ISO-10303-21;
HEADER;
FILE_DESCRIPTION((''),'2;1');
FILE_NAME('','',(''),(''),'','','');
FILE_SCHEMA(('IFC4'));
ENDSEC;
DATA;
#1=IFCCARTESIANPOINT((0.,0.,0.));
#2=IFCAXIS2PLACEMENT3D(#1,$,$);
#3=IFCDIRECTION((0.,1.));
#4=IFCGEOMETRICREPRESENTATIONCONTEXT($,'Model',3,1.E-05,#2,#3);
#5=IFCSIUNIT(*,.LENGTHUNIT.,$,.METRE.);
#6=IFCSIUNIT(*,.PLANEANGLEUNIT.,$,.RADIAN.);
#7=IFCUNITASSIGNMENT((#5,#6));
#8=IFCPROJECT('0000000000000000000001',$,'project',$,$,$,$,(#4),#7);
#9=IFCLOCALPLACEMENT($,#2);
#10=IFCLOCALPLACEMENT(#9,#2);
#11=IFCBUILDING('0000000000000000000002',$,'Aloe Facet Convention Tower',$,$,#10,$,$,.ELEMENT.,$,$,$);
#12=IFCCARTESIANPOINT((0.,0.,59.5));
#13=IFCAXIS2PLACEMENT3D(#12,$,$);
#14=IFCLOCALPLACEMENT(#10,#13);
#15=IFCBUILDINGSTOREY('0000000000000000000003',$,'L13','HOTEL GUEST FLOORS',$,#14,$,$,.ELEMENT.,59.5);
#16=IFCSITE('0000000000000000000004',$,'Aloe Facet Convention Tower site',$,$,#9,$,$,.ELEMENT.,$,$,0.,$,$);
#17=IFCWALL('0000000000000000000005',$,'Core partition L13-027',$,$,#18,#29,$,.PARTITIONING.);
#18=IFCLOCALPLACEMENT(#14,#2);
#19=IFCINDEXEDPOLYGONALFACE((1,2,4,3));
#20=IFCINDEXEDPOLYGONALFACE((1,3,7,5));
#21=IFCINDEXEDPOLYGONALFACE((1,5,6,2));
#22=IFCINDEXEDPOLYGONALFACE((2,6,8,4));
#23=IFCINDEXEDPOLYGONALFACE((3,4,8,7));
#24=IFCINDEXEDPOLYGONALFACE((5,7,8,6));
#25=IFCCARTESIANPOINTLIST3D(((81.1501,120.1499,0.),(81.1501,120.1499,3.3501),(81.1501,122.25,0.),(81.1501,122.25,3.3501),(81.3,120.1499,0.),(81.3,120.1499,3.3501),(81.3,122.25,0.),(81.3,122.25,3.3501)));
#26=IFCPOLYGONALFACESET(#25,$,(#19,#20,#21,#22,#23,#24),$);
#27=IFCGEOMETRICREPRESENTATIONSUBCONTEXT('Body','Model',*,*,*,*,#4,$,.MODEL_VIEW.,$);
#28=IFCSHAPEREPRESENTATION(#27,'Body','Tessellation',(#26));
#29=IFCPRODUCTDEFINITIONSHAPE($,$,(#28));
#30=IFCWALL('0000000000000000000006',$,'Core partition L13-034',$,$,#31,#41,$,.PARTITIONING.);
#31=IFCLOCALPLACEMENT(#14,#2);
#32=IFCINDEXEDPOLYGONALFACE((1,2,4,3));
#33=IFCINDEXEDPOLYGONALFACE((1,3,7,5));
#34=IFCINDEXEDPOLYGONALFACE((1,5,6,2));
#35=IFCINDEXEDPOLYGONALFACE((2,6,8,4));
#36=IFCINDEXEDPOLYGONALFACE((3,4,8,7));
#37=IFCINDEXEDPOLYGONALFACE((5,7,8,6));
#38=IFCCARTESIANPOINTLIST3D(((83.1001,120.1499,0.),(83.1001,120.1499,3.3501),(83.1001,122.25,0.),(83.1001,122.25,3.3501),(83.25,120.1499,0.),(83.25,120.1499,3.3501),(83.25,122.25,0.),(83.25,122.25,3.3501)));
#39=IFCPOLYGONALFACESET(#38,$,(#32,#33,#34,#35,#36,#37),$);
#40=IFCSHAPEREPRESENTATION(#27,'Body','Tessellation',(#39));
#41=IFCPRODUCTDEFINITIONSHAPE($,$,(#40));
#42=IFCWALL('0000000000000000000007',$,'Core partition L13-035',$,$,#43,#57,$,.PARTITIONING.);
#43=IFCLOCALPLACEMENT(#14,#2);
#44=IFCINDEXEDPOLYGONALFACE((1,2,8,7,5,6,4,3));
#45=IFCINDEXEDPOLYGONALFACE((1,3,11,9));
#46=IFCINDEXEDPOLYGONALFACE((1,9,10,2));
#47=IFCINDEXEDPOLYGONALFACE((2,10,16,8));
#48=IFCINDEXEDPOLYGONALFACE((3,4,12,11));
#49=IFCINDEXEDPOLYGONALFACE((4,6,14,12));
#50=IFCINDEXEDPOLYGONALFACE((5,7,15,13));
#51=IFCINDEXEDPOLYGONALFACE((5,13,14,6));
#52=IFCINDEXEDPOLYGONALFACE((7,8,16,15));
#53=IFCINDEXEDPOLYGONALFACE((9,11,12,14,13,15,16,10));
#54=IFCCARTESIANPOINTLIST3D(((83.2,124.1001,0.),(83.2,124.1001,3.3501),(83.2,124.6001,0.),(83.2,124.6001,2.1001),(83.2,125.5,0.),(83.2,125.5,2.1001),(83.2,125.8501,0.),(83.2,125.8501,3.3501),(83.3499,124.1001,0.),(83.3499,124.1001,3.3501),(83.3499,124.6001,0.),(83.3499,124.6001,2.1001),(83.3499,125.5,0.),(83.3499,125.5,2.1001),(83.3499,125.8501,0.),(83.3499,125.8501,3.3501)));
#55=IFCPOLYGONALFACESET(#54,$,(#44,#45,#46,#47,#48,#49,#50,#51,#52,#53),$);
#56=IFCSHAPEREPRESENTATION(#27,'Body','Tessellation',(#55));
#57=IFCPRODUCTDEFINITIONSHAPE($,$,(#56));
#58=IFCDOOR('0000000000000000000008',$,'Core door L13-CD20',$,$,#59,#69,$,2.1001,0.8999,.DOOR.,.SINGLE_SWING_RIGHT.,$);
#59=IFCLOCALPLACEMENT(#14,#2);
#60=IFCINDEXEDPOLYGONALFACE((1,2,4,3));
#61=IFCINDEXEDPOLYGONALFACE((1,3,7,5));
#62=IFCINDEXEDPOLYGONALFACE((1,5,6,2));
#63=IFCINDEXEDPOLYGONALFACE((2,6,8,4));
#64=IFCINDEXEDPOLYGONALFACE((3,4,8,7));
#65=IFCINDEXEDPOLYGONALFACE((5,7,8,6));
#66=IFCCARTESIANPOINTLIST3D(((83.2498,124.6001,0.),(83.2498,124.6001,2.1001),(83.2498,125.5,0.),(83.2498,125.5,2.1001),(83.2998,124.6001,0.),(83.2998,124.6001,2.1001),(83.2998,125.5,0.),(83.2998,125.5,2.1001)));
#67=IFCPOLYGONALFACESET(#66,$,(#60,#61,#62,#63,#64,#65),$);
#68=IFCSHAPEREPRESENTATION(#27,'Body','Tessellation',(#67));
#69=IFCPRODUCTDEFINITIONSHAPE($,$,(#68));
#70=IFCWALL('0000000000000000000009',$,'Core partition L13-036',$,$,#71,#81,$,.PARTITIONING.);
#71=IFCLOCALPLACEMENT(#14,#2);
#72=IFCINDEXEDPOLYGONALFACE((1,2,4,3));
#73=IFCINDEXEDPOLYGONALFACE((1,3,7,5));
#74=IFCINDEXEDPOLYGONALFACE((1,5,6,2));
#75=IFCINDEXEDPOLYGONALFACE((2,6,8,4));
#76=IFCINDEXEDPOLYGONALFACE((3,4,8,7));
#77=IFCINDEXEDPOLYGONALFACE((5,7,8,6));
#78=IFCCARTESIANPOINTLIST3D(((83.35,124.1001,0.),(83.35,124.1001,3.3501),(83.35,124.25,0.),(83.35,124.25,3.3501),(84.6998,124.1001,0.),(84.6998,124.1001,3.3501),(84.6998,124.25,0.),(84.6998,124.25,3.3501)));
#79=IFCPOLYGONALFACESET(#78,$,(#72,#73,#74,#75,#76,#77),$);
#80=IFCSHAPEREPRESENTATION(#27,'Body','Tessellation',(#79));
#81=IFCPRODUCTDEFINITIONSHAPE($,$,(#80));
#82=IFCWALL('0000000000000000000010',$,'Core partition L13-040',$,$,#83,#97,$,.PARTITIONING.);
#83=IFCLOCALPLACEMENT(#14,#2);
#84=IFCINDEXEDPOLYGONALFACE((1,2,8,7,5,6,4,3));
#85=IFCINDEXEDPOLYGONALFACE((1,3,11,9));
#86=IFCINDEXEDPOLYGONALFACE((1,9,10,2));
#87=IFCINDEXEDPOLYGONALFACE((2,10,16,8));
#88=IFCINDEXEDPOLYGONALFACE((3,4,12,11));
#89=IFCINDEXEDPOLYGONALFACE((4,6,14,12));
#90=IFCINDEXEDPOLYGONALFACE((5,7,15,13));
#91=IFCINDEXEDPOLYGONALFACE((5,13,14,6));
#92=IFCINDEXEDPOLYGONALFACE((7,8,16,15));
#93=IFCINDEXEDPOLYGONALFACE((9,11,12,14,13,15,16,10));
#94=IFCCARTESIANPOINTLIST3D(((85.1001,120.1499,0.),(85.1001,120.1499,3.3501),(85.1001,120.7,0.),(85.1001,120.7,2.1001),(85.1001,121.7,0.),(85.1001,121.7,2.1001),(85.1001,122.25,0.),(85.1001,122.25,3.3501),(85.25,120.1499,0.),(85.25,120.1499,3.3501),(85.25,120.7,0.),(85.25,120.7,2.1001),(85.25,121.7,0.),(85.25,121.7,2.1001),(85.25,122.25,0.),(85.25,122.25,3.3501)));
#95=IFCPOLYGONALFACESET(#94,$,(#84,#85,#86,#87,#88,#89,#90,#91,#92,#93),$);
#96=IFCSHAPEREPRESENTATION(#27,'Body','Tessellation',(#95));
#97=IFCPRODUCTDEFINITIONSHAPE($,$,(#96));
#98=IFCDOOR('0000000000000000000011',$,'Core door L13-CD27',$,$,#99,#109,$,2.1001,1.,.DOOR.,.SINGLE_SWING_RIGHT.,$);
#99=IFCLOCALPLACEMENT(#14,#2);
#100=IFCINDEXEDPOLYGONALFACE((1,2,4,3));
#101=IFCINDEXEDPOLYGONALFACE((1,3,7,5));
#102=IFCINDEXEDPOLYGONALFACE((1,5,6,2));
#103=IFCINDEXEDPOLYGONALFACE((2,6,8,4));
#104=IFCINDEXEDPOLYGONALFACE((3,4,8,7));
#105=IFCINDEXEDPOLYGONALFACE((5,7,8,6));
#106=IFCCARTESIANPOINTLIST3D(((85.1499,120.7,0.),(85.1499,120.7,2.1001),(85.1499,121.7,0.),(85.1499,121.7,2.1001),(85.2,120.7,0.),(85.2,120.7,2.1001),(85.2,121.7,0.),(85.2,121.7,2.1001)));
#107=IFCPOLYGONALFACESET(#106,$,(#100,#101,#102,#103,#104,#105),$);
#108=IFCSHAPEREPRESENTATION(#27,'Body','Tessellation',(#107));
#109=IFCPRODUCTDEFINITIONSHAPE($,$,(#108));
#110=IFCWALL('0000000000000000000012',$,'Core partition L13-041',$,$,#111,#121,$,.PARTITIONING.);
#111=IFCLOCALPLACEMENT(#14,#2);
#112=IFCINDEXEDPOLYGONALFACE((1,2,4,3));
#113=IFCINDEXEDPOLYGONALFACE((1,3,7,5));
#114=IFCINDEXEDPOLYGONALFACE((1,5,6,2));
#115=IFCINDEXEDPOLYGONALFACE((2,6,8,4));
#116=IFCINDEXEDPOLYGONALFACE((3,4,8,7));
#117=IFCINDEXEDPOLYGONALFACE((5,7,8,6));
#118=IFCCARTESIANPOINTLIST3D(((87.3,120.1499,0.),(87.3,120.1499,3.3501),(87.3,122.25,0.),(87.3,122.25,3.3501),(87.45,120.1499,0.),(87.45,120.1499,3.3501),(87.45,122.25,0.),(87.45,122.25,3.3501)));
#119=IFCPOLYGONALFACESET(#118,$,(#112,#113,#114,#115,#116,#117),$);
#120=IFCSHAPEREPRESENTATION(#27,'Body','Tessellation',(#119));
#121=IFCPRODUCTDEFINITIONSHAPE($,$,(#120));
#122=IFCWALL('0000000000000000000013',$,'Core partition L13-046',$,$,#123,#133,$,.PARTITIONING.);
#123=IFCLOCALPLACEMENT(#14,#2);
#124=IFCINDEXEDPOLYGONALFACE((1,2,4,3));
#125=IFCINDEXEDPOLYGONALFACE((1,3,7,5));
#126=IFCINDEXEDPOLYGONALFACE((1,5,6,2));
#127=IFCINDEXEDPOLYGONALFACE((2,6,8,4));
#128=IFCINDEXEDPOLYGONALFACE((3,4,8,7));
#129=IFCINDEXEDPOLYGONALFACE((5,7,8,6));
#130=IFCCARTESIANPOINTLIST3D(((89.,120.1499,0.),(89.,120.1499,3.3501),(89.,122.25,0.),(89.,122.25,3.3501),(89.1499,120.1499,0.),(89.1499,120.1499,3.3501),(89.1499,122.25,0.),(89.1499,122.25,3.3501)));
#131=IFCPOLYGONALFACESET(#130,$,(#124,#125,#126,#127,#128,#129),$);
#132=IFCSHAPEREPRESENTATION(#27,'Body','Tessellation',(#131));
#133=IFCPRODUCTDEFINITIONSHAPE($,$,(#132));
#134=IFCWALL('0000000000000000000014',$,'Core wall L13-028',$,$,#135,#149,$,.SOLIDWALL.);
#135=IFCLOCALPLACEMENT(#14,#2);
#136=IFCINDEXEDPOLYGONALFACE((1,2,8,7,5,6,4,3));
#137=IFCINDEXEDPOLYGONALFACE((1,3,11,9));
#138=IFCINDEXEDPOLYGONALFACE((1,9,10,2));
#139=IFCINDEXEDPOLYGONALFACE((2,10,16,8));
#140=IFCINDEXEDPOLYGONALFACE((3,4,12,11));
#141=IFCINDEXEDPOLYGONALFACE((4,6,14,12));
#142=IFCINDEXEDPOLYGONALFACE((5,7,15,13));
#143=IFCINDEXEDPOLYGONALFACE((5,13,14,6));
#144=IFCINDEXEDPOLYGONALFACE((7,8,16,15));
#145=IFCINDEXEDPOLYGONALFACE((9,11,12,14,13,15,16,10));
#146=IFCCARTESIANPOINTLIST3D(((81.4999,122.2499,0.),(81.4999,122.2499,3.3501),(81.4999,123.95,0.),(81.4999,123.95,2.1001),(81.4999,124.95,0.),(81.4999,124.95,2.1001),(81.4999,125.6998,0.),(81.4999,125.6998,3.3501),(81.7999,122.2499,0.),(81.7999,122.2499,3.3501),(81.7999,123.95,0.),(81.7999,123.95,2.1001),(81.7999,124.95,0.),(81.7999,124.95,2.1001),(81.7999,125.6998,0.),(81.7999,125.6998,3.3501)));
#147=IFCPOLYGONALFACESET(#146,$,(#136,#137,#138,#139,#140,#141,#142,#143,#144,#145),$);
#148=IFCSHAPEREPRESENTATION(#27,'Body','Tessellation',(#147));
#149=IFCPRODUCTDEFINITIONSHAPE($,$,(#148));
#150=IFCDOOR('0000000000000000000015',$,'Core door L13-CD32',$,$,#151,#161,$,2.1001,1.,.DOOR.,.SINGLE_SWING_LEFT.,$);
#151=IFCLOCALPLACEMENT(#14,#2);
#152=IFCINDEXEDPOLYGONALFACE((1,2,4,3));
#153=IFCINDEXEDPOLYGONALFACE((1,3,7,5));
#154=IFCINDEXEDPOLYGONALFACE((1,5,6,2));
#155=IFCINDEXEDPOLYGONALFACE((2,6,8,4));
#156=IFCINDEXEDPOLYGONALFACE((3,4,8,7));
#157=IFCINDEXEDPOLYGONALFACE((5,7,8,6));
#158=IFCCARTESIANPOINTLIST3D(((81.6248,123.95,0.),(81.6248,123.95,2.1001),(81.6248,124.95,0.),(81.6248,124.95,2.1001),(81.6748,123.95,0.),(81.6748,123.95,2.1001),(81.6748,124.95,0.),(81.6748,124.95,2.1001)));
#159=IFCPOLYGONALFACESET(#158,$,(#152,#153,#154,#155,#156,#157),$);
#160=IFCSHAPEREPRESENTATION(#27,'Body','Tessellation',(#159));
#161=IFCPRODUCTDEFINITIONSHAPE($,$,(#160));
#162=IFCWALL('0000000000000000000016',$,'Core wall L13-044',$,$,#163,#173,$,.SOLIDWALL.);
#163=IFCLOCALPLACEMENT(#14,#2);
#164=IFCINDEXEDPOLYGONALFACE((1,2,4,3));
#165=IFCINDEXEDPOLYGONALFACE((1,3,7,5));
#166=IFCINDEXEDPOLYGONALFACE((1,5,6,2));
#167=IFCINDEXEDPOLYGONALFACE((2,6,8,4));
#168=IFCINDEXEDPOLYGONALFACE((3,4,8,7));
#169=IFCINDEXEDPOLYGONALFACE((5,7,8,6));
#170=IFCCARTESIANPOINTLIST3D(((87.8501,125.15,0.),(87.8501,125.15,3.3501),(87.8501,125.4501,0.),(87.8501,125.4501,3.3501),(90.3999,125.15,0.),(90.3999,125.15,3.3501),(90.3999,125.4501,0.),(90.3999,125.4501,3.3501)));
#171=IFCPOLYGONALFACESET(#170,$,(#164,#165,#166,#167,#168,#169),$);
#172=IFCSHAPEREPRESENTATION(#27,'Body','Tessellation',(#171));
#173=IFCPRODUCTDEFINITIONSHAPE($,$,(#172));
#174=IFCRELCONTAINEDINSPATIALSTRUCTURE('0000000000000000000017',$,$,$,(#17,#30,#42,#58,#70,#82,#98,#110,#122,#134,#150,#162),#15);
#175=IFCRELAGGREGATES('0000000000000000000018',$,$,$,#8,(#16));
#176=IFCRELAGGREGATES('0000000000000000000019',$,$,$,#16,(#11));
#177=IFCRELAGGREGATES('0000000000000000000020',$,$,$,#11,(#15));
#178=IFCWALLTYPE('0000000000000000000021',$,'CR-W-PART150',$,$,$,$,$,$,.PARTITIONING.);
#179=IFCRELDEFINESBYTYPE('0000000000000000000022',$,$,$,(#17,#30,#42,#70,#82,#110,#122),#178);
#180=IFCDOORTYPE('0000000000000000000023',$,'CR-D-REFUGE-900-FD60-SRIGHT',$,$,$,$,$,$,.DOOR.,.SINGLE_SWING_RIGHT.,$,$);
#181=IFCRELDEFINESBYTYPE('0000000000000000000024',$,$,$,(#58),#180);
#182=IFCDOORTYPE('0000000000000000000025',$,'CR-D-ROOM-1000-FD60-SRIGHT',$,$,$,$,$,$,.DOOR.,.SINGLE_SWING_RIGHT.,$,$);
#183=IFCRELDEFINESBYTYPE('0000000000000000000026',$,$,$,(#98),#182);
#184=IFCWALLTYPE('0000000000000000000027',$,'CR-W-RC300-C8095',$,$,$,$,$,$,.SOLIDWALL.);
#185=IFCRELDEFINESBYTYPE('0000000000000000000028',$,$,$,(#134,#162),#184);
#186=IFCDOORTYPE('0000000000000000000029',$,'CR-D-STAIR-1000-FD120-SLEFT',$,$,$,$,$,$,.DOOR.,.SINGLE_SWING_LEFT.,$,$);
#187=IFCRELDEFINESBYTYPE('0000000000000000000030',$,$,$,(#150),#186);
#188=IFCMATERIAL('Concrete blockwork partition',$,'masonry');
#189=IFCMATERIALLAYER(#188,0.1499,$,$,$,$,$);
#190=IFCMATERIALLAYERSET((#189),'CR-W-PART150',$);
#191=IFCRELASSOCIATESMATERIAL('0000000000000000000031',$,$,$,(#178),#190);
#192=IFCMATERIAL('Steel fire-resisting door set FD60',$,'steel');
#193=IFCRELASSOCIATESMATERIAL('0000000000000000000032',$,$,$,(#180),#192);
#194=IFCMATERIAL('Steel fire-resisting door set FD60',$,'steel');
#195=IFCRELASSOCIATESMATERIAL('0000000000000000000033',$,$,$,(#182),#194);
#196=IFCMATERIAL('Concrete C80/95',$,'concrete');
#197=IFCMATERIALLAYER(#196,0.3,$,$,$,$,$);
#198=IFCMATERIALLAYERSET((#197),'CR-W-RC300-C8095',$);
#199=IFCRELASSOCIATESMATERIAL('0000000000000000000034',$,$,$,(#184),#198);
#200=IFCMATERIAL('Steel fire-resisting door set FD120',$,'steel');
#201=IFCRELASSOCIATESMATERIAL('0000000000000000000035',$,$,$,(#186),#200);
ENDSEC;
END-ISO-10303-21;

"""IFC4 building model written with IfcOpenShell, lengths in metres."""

from ifc_helpers import new_model, si_unit, direction, frame, frame_2d, origin, place, context, subcontext, project, spatial, rectangle, extrude, material, layer, layer_set, type_object, element, fill, save


model = new_model("IFC4")

# Units and contexts
model_context = context("Model", 3, precision=1e-05, world=origin(), true_north=direction((0.0, 1.0)))
body_context = subcontext(model_context, "Body", "Model", "MODEL_VIEW")
ifc_project = project(units=[si_unit("LENGTHUNIT", "METRE"), si_unit("PLANEANGLEUNIT", "RADIAN")], contexts=[model_context])

# Site, building, storey
site_placement = place(None, origin())
site = spatial("IfcSite", under=ifc_project, at=site_placement, Name="Aloe Facet Convention Tower site", CompositionType="ELEMENT", RefElevation=0.0)
building_placement = place(site_placement, origin())
building = spatial("IfcBuilding", under=site, at=building_placement, Name="Aloe Facet Convention Tower", CompositionType="ELEMENT")
storey_placement = place(building_placement, frame((0.0, 0.0, 59.5)))
storey = spatial("IfcBuildingStorey", under=building, at=storey_placement, Name="L13", Description="HOTEL GUEST FLOORS", CompositionType="ELEMENT", Elevation=59.5)

# Walls
ifc_material_1 = material(Name="Concrete blockwork partition", Category="masonry")
ifc_layer_1 = layer(ifc_material_1, 0.1499)
ifc_layer_set_1 = layer_set([ifc_layer_1], Name="CR-W-PART150")
wall_type_1 = type_object("IfcWallType", Name="CR-W-PART150", PredefinedType="PARTITIONING", material=ifc_layer_set_1)
for number, where, z_axis, x_axis, name in (
    (1, (81.2251, 122.25, 0.0), (0.0, 0.0, 1.0), (0.0, -1.0, 0.0), "Core partition L13-027"),
    (2, (83.175, 122.25, 0.0), (0.0, 0.0, 1.0), (0.0, -1.0, 0.0), "Core partition L13-034"),
):
    element("IfcWall", number, at=place(storey_placement, frame(where, z_axis=z_axis, x_axis=x_axis)), inside=storey, type_object=wall_type_1, Name=name, PredefinedType="PARTITIONING", context=body_context, shape_type="SweptSolid", body=[
        extrude(rectangle(XDim=2.1001, YDim=0.1499, at=frame_2d((1.05, 0.0))), origin(), (0.0, 0.0, 1.0), 3.3501),
    ])

# Wall, opening, door
wall_1_placement = place(storey_placement, frame((83.2749, 125.8501, 0.0), z_axis=(0.0, 0.0, 1.0), x_axis=(0.0, -1.0, 0.0)))
wall_1 = element("IfcWall", 3, at=wall_1_placement, inside=storey, type_object=wall_type_1, Name="Core partition L13-035", PredefinedType="PARTITIONING", context=body_context, shape_type="SweptSolid", body=[
    extrude(rectangle(XDim=1.75, YDim=0.1499, at=frame_2d((0.875, 0.0))), origin(), (0.0, 0.0, 1.0), 3.3501),
])
opening_1_placement = place(wall_1_placement, frame((0.3501, 0.0, 0.0)))
opening_1 = element("IfcOpeningElement", 4, at=opening_1_placement, cuts=wall_1, PredefinedType="OPENING", context=body_context, shape_type="SweptSolid", body=[
    extrude(rectangle(XDim=0.8999, YDim=2.1001, at=frame_2d((0.45, 1.05))), frame((0.0, 0.085, 0.0), z_axis=(0.0, -1.0, 0.0), x_axis=(1.0, 0.0, 0.0)), (0.0, 0.0, 1.0), 0.1699),
])
ifc_material_2 = material(Name="Steel fire-resisting door set FD60", Category="steel")
door_type_1 = type_object("IfcDoorType", Name="CR-D-REFUGE-900-FD60-SRIGHT", OperationType="SINGLE_SWING_RIGHT", PredefinedType="DOOR", material=ifc_material_2)
door_1_placement = place(opening_1_placement, origin())
door_1 = element("IfcDoor", 5, at=door_1_placement, inside=storey, type_object=door_type_1, Name="Core door L13-CD20", OperationType="SINGLE_SWING_RIGHT", OverallHeight=2.1001, OverallWidth=0.8999, PredefinedType="DOOR", context=body_context, shape_type="SweptSolid", body=[
    extrude(rectangle(XDim=0.8999, YDim=2.1001, at=frame_2d((0.45, 1.05))), frame((0.0, 0.0249, 0.0), z_axis=(0.0, -1.0, 0.0), x_axis=(1.0, 0.0, 0.0)), (0.0, 0.0, 1.0), 0.05),
])
fill(opening_1, door_1)

# Wall
wall_2_placement = place(storey_placement, frame((83.3501, 124.175, 0.0), z_axis=(0.0, 0.0, 1.0), x_axis=(1.0, 0.0, 0.0)))
element("IfcWall", 6, at=wall_2_placement, inside=storey, type_object=wall_type_1, Name="Core partition L13-036", PredefinedType="PARTITIONING", context=body_context, shape_type="SweptSolid", body=[
    extrude(rectangle(XDim=1.3499, YDim=0.1499, at=frame_2d((0.6748, 0.0))), origin(), (0.0, 0.0, 1.0), 3.3501),
])

# Wall, opening, door
wall_3_placement = place(storey_placement, frame((85.175, 122.25, 0.0), z_axis=(0.0, 0.0, 1.0), x_axis=(0.0, -1.0, 0.0)))
wall_3 = element("IfcWall", 7, at=wall_3_placement, inside=storey, type_object=wall_type_1, Name="Core partition L13-040", PredefinedType="PARTITIONING", context=body_context, shape_type="SweptSolid", body=[
    extrude(rectangle(XDim=2.1001, YDim=0.1499, at=frame_2d((1.05, 0.0))), origin(), (0.0, 0.0, 1.0), 3.3501),
])
opening_2_placement = place(wall_3_placement, frame((0.55, 0.0, 0.0)))
opening_2 = element("IfcOpeningElement", 8, at=opening_2_placement, cuts=wall_3, PredefinedType="OPENING", context=body_context, shape_type="SweptSolid", body=[
    extrude(rectangle(XDim=1.0, YDim=2.1001, at=frame_2d((0.5, 1.05))), frame((0.0, 0.085, 0.0), z_axis=(0.0, -1.0, 0.0), x_axis=(1.0, 0.0, 0.0)), (0.0, 0.0, 1.0), 0.1699),
])
ifc_material_3 = material(Name="Steel fire-resisting door set FD60", Category="steel")
door_type_2 = type_object("IfcDoorType", Name="CR-D-ROOM-1000-FD60-SRIGHT", OperationType="SINGLE_SWING_RIGHT", PredefinedType="DOOR", material=ifc_material_3)
door_2_placement = place(opening_2_placement, origin())
door_2 = element("IfcDoor", 9, at=door_2_placement, inside=storey, type_object=door_type_2, Name="Core door L13-CD27", OperationType="SINGLE_SWING_RIGHT", OverallHeight=2.1001, OverallWidth=1.0, PredefinedType="DOOR", context=body_context, shape_type="SweptSolid", body=[
    extrude(rectangle(XDim=1.0, YDim=2.1001, at=frame_2d((0.5, 1.05))), frame((0.0, 0.0249, 0.0), z_axis=(0.0, -1.0, 0.0), x_axis=(1.0, 0.0, 0.0)), (0.0, 0.0, 1.0), 0.05),
])
fill(opening_2, door_2)

# Walls
for number, where, z_axis, x_axis, name in (
    (10, (87.375, 122.25, 0.0), (0.0, 0.0, 1.0), (0.0, -1.0, 0.0), "Core partition L13-041"),
    (11, (89.075, 122.25, 0.0), (0.0, 0.0, 1.0), (0.0, -1.0, 0.0), "Core partition L13-046"),
):
    element("IfcWall", number, at=place(storey_placement, frame(where, z_axis=z_axis, x_axis=x_axis)), inside=storey, type_object=wall_type_1, Name=name, PredefinedType="PARTITIONING", context=body_context, shape_type="SweptSolid", body=[
        extrude(rectangle(XDim=2.1001, YDim=0.1499, at=frame_2d((1.05, 0.0))), origin(), (0.0, 0.0, 1.0), 3.3501),
    ])

# Wall, opening, door
ifc_material_4 = material(Name="Concrete C80/95", Category="concrete")
ifc_layer_2 = layer(ifc_material_4, 0.3)
ifc_layer_set_2 = layer_set([ifc_layer_2], Name="CR-W-RC300-C8095")
wall_type_2 = type_object("IfcWallType", Name="CR-W-RC300-C8095", PredefinedType="SOLIDWALL", material=ifc_layer_set_2)
wall_4_placement = place(storey_placement, frame((81.6499, 125.7, 0.0), z_axis=(0.0, 0.0, 1.0), x_axis=(0.0, -1.0, 0.0)))
wall_4 = element("IfcWall", 12, at=wall_4_placement, inside=storey, type_object=wall_type_2, Name="Core wall L13-028", PredefinedType="SOLIDWALL", context=body_context, shape_type="SweptSolid", body=[
    extrude(rectangle(XDim=3.45, YDim=0.3, at=frame_2d((1.7251, 0.0))), origin(), (0.0, 0.0, 1.0), 3.3501),
])
opening_3_placement = place(wall_4_placement, frame((0.75, 0.0, 0.0)))
opening_3 = element("IfcOpeningElement", 13, at=opening_3_placement, cuts=wall_4, PredefinedType="OPENING", context=body_context, shape_type="SweptSolid", body=[
    extrude(rectangle(XDim=1.0, YDim=2.1001, at=frame_2d((0.5, 1.05))), frame((0.0, 0.1602, 0.0), z_axis=(0.0, -1.0, 0.0), x_axis=(1.0, 0.0, 0.0)), (0.0, 0.0, 1.0), 0.3201),
])
ifc_material_5 = material(Name="Steel fire-resisting door set FD120", Category="steel")
door_type_3 = type_object("IfcDoorType", Name="CR-D-STAIR-1000-FD120-SLEFT", OperationType="SINGLE_SWING_LEFT", PredefinedType="DOOR", material=ifc_material_5)
door_3_placement = place(opening_3_placement, origin())
door_3 = element("IfcDoor", 14, at=door_3_placement, inside=storey, type_object=door_type_3, Name="Core door L13-CD32", OperationType="SINGLE_SWING_LEFT", OverallHeight=2.1001, OverallWidth=1.0, PredefinedType="DOOR", context=body_context, shape_type="SweptSolid", body=[
    extrude(rectangle(XDim=1.0, YDim=2.1001, at=frame_2d((0.5, 1.05))), frame((0.0, 0.0249, 0.0), z_axis=(0.0, -1.0, 0.0), x_axis=(1.0, 0.0, 0.0)), (0.0, 0.0, 1.0), 0.05),
])
fill(opening_3, door_3)

# Wall
wall_5_placement = place(storey_placement, frame((87.8501, 125.3, 0.0), z_axis=(0.0, 0.0, 1.0), x_axis=(1.0, 0.0, 0.0)))
element("IfcWall", 15, at=wall_5_placement, inside=storey, type_object=wall_type_2, Name="Core wall L13-044", PredefinedType="SOLIDWALL", context=body_context, shape_type="SweptSolid", body=[
    extrude(rectangle(XDim=2.5498, YDim=0.3, at=frame_2d((1.2749, 0.0))), origin(), (0.0, 0.0, 1.0), 3.3501),
])

save(model, "model.ifc")
